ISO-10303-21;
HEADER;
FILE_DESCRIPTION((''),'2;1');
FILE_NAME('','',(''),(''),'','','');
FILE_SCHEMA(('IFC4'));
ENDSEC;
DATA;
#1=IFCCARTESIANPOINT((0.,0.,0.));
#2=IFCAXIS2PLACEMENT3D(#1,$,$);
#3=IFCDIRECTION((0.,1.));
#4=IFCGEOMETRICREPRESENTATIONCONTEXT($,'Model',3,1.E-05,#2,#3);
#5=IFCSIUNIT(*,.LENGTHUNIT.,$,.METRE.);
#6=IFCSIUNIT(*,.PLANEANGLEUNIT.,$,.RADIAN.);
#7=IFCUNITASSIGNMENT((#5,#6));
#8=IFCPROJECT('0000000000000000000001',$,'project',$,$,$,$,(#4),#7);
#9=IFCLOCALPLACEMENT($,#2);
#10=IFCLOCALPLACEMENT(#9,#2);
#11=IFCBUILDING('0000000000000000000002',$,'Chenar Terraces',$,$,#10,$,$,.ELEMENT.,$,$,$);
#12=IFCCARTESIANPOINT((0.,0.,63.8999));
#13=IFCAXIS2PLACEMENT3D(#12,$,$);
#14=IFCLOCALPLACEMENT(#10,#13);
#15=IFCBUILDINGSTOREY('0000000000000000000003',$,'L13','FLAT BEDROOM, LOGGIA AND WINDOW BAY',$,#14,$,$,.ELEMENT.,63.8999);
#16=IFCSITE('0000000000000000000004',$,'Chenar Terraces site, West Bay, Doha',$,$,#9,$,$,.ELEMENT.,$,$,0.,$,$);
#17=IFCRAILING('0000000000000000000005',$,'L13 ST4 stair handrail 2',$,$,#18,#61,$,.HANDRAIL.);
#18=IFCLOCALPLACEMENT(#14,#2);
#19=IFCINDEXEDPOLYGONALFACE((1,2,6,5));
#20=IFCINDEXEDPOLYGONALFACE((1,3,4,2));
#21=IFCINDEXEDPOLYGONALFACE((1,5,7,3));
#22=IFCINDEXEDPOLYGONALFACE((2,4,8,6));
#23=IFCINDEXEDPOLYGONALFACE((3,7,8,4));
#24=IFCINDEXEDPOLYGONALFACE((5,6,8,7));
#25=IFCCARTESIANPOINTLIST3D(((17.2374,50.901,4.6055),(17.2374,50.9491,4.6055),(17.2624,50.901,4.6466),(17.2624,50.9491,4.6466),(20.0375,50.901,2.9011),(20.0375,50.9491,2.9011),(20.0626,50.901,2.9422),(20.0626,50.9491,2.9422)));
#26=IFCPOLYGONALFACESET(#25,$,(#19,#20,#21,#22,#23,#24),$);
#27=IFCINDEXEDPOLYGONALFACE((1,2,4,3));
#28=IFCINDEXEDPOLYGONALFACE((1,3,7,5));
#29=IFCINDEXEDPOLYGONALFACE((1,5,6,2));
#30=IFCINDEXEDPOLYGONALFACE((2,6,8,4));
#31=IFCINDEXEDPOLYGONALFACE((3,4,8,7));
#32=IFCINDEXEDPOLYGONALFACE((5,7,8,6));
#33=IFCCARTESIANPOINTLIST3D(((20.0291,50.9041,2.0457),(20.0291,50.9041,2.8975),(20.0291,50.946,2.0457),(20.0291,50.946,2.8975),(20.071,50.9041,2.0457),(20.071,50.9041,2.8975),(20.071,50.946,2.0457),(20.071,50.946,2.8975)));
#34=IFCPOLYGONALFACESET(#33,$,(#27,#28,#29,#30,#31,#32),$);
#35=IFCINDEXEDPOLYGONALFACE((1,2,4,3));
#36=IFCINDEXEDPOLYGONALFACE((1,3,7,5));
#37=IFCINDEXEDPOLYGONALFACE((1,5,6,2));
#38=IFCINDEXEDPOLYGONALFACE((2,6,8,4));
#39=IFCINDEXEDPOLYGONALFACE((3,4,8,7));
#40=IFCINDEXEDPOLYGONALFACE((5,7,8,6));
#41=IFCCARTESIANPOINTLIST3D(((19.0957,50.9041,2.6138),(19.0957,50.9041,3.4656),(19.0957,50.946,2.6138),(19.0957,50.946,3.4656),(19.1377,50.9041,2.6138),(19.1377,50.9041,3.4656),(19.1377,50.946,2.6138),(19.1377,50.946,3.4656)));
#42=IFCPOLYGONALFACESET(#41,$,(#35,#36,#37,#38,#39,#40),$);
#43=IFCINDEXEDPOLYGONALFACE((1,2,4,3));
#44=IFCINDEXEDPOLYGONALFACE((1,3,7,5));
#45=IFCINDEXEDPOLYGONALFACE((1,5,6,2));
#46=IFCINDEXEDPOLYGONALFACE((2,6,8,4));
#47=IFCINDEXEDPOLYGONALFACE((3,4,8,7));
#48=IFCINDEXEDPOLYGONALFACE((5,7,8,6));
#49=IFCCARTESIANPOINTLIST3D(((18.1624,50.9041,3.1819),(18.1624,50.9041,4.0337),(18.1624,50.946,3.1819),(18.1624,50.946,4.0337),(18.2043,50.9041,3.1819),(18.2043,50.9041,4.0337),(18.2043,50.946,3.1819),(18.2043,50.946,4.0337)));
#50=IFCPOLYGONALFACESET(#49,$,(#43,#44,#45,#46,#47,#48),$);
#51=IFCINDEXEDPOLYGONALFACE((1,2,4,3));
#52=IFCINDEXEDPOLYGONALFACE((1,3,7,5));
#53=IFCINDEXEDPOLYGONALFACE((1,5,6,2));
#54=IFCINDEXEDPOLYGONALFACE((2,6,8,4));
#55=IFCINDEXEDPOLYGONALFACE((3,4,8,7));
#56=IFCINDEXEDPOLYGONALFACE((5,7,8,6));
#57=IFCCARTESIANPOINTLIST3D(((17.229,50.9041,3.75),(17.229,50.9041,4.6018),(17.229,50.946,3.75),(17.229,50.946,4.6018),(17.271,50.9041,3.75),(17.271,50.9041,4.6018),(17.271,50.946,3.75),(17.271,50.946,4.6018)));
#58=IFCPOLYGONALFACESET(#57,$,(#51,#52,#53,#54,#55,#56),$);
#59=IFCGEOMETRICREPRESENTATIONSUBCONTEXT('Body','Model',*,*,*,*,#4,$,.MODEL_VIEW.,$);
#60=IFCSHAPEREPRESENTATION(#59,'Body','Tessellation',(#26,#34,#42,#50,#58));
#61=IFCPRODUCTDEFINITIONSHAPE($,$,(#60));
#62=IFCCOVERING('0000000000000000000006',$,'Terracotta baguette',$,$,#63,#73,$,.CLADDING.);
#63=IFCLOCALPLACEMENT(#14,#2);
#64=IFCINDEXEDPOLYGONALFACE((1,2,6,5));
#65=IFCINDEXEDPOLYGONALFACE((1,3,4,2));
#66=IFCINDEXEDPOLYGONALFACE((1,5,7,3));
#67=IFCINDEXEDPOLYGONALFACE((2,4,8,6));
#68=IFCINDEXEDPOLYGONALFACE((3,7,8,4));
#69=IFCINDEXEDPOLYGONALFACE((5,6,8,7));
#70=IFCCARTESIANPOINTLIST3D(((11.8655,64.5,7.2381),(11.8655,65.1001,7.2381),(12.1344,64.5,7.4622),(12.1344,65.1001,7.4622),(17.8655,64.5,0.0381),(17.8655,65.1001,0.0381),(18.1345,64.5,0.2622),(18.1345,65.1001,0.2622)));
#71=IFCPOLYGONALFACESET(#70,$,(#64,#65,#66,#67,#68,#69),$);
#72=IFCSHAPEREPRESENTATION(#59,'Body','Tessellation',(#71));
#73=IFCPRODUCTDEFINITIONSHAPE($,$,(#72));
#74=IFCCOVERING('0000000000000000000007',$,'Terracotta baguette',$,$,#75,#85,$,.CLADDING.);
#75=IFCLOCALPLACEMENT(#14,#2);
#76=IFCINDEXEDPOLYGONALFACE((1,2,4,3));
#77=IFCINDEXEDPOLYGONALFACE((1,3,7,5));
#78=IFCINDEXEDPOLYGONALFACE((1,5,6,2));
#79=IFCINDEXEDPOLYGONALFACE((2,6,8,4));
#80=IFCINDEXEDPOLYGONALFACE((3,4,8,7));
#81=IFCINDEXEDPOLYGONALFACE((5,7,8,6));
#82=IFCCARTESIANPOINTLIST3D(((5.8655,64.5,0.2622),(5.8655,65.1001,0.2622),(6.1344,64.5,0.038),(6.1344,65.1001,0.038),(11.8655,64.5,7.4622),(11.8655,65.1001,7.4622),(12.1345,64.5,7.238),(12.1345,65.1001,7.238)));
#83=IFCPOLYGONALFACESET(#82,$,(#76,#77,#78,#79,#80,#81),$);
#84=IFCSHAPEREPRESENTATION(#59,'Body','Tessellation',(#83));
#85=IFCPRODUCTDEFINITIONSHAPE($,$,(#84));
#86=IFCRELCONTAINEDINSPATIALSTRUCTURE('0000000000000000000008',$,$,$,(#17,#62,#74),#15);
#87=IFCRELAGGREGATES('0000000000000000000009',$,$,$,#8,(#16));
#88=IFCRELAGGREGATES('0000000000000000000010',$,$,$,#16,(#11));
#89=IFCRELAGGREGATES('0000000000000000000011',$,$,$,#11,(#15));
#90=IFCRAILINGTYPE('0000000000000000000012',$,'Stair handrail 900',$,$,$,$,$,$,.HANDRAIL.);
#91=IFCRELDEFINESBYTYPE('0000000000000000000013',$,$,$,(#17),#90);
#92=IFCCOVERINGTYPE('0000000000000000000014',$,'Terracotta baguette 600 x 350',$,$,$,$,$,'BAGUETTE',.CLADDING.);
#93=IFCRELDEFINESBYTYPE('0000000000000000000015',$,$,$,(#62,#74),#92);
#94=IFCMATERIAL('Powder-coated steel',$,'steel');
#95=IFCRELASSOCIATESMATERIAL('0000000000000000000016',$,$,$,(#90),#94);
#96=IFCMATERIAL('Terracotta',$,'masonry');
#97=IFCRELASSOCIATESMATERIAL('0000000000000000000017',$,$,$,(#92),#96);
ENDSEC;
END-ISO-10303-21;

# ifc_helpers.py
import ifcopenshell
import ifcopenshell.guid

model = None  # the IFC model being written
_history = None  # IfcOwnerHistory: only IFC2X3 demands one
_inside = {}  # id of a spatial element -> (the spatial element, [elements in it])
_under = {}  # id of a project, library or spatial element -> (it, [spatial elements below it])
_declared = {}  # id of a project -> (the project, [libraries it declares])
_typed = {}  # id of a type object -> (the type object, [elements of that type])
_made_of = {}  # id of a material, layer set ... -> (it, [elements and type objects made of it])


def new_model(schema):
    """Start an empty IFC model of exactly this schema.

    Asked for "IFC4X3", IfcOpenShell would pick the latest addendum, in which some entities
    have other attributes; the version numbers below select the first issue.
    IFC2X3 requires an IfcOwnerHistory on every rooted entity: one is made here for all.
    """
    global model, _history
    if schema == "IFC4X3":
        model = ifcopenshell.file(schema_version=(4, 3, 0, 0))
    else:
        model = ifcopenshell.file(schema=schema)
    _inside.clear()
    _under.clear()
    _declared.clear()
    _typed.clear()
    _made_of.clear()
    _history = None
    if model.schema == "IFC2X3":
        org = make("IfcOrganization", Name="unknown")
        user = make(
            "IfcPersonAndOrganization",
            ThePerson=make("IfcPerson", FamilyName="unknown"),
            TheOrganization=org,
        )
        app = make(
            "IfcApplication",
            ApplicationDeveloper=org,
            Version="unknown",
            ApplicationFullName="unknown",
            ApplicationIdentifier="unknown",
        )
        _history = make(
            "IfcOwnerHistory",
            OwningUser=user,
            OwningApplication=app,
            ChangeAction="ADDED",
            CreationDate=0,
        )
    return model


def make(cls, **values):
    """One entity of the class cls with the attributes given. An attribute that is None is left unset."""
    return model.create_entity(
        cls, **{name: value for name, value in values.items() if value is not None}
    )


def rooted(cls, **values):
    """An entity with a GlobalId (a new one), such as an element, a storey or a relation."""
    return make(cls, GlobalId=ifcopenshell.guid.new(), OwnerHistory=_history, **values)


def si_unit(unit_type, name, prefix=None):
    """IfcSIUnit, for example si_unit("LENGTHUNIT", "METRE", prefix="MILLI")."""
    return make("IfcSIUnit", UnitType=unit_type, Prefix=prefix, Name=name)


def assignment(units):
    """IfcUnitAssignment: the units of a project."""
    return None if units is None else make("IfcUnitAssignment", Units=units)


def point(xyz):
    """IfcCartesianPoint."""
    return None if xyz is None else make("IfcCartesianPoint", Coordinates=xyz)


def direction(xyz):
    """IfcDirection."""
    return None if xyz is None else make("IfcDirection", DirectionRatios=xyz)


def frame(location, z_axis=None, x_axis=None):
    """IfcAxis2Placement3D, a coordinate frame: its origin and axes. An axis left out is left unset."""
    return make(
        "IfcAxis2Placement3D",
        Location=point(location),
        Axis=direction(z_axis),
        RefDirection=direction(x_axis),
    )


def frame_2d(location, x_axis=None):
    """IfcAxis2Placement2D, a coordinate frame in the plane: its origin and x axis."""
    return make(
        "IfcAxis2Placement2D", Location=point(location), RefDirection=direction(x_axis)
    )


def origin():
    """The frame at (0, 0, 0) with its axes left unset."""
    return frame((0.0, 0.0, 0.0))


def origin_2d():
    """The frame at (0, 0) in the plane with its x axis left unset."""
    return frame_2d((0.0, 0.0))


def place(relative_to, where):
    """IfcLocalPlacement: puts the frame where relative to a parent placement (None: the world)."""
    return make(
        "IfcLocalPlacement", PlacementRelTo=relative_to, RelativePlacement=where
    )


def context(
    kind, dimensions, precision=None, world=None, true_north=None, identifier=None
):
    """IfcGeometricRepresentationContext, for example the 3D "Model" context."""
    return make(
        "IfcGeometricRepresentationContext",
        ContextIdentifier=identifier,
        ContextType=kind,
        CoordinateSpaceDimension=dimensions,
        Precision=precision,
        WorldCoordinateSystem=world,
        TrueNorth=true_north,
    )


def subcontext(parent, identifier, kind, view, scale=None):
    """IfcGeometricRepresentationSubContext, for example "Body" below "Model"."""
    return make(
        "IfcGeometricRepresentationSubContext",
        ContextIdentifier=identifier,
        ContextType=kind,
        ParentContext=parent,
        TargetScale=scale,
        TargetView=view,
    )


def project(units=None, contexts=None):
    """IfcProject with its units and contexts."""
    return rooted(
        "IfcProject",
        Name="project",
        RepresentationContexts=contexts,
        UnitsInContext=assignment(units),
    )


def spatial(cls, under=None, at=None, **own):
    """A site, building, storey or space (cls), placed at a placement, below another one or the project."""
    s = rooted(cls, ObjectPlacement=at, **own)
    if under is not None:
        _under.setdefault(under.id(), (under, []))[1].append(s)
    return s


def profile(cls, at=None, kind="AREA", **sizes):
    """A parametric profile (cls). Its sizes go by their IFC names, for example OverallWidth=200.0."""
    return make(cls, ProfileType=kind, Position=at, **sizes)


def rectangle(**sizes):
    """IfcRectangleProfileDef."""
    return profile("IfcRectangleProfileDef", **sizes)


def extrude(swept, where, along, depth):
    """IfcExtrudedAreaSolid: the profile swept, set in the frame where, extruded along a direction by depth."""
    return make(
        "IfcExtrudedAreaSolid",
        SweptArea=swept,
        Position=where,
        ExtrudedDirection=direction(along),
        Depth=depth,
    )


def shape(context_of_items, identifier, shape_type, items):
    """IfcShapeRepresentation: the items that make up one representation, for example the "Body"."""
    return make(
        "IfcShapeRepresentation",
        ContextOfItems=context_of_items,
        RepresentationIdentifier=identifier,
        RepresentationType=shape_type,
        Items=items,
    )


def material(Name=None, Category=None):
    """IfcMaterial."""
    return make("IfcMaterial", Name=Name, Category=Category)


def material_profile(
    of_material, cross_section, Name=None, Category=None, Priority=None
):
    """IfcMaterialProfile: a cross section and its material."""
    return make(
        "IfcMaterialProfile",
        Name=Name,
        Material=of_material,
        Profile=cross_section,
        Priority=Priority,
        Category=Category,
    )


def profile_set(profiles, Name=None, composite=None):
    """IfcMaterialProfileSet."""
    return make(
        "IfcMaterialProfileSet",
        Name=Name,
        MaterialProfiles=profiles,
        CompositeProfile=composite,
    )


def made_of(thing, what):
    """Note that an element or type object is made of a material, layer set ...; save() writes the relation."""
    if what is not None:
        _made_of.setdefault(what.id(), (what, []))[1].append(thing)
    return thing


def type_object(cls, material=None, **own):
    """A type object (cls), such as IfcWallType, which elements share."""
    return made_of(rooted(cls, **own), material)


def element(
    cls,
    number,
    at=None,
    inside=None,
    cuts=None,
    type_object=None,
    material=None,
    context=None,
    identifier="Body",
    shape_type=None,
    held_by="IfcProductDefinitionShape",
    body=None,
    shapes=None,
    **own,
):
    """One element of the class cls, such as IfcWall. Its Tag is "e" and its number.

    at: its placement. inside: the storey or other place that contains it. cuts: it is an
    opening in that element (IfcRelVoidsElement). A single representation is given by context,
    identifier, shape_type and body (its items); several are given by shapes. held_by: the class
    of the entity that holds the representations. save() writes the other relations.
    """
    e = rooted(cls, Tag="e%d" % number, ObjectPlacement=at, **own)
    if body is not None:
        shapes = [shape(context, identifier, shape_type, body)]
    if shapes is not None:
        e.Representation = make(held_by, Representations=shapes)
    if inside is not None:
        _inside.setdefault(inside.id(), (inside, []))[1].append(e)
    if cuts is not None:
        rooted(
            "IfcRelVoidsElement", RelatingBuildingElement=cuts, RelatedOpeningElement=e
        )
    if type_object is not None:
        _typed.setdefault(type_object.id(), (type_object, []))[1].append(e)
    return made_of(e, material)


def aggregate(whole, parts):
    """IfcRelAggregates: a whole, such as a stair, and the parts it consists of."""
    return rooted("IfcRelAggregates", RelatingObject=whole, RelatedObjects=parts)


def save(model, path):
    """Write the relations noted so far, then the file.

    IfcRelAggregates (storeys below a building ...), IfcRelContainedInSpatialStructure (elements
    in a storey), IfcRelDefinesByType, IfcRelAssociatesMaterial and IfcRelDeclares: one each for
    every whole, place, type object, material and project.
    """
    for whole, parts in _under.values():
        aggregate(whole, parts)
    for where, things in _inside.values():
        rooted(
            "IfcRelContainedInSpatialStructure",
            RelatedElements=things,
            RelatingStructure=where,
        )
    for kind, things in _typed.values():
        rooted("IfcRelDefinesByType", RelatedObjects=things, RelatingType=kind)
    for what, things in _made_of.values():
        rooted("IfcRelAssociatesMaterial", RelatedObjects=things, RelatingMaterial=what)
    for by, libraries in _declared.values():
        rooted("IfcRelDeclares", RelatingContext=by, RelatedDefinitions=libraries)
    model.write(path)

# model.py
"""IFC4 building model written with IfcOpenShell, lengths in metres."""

from ifc_helpers import new_model, si_unit, direction, frame, origin, origin_2d, place, context, subcontext, project, spatial, rectangle, extrude, material, material_profile, profile_set, type_object, element, save


model = new_model("IFC4")

# Units and contexts
model_context = context("Model", 3, precision=1e-05, world=origin(), true_north=direction((0.0, 1.0)))
body_context = subcontext(model_context, "Body", "Model", "MODEL_VIEW")
ifc_project = project(units=[si_unit("LENGTHUNIT", "METRE"), si_unit("PLANEANGLEUNIT", "RADIAN")], contexts=[model_context])

# Site, building, storey
site_placement = place(None, origin())
site = spatial("IfcSite", under=ifc_project, at=site_placement, Name="Chenar Terraces site, West Bay, Doha", CompositionType="ELEMENT", RefElevation=0.0)
building_placement = place(site_placement, origin())
building = spatial("IfcBuilding", under=site, at=building_placement, Name="Chenar Terraces", CompositionType="ELEMENT")
storey_placement = place(building_placement, frame((0.0, 0.0, 63.8999)))
storey = spatial("IfcBuildingStorey", under=building, at=storey_placement, Name="L13", Description="FLAT BEDROOM, LOGGIA AND WINDOW BAY", CompositionType="ELEMENT", Elevation=63.8999)

# Railing
ifc_material_1 = material(Name="Powder-coated steel", Category="steel")
railing_type_1 = type_object("IfcRailingType", Name="Stair handrail 900", PredefinedType="HANDRAIL", material=ifc_material_1)
railing_1_placement = place(storey_placement, frame((20.05, 50.925, 2.0457)))
element("IfcRailing", 1, at=railing_1_placement, inside=storey, type_object=railing_type_1, Name="L13 ST4 stair handrail 2", PredefinedType="HANDRAIL", context=body_context, shape_type="SweptSolid", body=[
    extrude(rectangle(XDim=0.0481, YDim=0.0481, at=origin_2d()), frame((0.0, 0.0, 0.876), z_axis=(-0.854203, 0.0, 0.51994), x_axis=(0.0, -1.0, 0.0)), (0.0, 0.0, 1.0), 3.2781),
    extrude(rectangle(XDim=0.042, YDim=0.042, at=origin_2d()), origin(), (0.0, 0.0, 1.0), 0.8518),
    extrude(rectangle(XDim=0.042, YDim=0.042, at=origin_2d()), frame((-0.9333, 0.0, 0.5681)), (0.0, 0.0, 1.0), 0.8518),
    extrude(rectangle(XDim=0.042, YDim=0.042, at=origin_2d()), frame((-1.8667, 0.0, 1.1362)), (0.0, 0.0, 1.0), 0.8518),
    extrude(rectangle(XDim=0.042, YDim=0.042, at=origin_2d()), frame((-2.8, 0.0, 1.7043)), (0.0, 0.0, 1.0), 0.8518),
])

# Coverings
ifc_material_2 = material(Name="Terracotta", Category="masonry")
ifc_material_profile_1 = material_profile(ifc_material_2, rectangle(XDim=0.6001, YDim=0.3501, at=origin_2d()), Name="Terracotta baguette 600 x 350")
ifc_profile_set_1 = profile_set([ifc_material_profile_1], Name="Terracotta")
covering_type = type_object("IfcCoveringType", Name="Terracotta baguette 600 x 350", ElementType="BAGUETTE", PredefinedType="CLADDING", material=ifc_profile_set_1)
for number, where, z_axis, x_axis, name in (
    (2, (18.0, 64.8, 0.1501), (-0.640187, 0.0, 0.768219), (0.0, -1.0, 0.0), "Terracotta baguette"),
    (3, (12.0, 64.8, 7.3501), (-0.640187, 0.0, -0.768219), (0.0, -1.0, 0.0), "Terracotta baguette"),
):
    element("IfcCovering", number, at=place(storey_placement, frame(where, z_axis=z_axis, x_axis=x_axis)), inside=storey, type_object=covering_type, Name=name, PredefinedType="CLADDING", context=body_context, shape_type="SweptSolid", body=[
        extrude(rectangle(XDim=0.6001, YDim=0.3501, at=origin_2d()), origin(), (0.0, 0.0, 1.0), 9.3723),
    ])

save(model, "model.ifc")
